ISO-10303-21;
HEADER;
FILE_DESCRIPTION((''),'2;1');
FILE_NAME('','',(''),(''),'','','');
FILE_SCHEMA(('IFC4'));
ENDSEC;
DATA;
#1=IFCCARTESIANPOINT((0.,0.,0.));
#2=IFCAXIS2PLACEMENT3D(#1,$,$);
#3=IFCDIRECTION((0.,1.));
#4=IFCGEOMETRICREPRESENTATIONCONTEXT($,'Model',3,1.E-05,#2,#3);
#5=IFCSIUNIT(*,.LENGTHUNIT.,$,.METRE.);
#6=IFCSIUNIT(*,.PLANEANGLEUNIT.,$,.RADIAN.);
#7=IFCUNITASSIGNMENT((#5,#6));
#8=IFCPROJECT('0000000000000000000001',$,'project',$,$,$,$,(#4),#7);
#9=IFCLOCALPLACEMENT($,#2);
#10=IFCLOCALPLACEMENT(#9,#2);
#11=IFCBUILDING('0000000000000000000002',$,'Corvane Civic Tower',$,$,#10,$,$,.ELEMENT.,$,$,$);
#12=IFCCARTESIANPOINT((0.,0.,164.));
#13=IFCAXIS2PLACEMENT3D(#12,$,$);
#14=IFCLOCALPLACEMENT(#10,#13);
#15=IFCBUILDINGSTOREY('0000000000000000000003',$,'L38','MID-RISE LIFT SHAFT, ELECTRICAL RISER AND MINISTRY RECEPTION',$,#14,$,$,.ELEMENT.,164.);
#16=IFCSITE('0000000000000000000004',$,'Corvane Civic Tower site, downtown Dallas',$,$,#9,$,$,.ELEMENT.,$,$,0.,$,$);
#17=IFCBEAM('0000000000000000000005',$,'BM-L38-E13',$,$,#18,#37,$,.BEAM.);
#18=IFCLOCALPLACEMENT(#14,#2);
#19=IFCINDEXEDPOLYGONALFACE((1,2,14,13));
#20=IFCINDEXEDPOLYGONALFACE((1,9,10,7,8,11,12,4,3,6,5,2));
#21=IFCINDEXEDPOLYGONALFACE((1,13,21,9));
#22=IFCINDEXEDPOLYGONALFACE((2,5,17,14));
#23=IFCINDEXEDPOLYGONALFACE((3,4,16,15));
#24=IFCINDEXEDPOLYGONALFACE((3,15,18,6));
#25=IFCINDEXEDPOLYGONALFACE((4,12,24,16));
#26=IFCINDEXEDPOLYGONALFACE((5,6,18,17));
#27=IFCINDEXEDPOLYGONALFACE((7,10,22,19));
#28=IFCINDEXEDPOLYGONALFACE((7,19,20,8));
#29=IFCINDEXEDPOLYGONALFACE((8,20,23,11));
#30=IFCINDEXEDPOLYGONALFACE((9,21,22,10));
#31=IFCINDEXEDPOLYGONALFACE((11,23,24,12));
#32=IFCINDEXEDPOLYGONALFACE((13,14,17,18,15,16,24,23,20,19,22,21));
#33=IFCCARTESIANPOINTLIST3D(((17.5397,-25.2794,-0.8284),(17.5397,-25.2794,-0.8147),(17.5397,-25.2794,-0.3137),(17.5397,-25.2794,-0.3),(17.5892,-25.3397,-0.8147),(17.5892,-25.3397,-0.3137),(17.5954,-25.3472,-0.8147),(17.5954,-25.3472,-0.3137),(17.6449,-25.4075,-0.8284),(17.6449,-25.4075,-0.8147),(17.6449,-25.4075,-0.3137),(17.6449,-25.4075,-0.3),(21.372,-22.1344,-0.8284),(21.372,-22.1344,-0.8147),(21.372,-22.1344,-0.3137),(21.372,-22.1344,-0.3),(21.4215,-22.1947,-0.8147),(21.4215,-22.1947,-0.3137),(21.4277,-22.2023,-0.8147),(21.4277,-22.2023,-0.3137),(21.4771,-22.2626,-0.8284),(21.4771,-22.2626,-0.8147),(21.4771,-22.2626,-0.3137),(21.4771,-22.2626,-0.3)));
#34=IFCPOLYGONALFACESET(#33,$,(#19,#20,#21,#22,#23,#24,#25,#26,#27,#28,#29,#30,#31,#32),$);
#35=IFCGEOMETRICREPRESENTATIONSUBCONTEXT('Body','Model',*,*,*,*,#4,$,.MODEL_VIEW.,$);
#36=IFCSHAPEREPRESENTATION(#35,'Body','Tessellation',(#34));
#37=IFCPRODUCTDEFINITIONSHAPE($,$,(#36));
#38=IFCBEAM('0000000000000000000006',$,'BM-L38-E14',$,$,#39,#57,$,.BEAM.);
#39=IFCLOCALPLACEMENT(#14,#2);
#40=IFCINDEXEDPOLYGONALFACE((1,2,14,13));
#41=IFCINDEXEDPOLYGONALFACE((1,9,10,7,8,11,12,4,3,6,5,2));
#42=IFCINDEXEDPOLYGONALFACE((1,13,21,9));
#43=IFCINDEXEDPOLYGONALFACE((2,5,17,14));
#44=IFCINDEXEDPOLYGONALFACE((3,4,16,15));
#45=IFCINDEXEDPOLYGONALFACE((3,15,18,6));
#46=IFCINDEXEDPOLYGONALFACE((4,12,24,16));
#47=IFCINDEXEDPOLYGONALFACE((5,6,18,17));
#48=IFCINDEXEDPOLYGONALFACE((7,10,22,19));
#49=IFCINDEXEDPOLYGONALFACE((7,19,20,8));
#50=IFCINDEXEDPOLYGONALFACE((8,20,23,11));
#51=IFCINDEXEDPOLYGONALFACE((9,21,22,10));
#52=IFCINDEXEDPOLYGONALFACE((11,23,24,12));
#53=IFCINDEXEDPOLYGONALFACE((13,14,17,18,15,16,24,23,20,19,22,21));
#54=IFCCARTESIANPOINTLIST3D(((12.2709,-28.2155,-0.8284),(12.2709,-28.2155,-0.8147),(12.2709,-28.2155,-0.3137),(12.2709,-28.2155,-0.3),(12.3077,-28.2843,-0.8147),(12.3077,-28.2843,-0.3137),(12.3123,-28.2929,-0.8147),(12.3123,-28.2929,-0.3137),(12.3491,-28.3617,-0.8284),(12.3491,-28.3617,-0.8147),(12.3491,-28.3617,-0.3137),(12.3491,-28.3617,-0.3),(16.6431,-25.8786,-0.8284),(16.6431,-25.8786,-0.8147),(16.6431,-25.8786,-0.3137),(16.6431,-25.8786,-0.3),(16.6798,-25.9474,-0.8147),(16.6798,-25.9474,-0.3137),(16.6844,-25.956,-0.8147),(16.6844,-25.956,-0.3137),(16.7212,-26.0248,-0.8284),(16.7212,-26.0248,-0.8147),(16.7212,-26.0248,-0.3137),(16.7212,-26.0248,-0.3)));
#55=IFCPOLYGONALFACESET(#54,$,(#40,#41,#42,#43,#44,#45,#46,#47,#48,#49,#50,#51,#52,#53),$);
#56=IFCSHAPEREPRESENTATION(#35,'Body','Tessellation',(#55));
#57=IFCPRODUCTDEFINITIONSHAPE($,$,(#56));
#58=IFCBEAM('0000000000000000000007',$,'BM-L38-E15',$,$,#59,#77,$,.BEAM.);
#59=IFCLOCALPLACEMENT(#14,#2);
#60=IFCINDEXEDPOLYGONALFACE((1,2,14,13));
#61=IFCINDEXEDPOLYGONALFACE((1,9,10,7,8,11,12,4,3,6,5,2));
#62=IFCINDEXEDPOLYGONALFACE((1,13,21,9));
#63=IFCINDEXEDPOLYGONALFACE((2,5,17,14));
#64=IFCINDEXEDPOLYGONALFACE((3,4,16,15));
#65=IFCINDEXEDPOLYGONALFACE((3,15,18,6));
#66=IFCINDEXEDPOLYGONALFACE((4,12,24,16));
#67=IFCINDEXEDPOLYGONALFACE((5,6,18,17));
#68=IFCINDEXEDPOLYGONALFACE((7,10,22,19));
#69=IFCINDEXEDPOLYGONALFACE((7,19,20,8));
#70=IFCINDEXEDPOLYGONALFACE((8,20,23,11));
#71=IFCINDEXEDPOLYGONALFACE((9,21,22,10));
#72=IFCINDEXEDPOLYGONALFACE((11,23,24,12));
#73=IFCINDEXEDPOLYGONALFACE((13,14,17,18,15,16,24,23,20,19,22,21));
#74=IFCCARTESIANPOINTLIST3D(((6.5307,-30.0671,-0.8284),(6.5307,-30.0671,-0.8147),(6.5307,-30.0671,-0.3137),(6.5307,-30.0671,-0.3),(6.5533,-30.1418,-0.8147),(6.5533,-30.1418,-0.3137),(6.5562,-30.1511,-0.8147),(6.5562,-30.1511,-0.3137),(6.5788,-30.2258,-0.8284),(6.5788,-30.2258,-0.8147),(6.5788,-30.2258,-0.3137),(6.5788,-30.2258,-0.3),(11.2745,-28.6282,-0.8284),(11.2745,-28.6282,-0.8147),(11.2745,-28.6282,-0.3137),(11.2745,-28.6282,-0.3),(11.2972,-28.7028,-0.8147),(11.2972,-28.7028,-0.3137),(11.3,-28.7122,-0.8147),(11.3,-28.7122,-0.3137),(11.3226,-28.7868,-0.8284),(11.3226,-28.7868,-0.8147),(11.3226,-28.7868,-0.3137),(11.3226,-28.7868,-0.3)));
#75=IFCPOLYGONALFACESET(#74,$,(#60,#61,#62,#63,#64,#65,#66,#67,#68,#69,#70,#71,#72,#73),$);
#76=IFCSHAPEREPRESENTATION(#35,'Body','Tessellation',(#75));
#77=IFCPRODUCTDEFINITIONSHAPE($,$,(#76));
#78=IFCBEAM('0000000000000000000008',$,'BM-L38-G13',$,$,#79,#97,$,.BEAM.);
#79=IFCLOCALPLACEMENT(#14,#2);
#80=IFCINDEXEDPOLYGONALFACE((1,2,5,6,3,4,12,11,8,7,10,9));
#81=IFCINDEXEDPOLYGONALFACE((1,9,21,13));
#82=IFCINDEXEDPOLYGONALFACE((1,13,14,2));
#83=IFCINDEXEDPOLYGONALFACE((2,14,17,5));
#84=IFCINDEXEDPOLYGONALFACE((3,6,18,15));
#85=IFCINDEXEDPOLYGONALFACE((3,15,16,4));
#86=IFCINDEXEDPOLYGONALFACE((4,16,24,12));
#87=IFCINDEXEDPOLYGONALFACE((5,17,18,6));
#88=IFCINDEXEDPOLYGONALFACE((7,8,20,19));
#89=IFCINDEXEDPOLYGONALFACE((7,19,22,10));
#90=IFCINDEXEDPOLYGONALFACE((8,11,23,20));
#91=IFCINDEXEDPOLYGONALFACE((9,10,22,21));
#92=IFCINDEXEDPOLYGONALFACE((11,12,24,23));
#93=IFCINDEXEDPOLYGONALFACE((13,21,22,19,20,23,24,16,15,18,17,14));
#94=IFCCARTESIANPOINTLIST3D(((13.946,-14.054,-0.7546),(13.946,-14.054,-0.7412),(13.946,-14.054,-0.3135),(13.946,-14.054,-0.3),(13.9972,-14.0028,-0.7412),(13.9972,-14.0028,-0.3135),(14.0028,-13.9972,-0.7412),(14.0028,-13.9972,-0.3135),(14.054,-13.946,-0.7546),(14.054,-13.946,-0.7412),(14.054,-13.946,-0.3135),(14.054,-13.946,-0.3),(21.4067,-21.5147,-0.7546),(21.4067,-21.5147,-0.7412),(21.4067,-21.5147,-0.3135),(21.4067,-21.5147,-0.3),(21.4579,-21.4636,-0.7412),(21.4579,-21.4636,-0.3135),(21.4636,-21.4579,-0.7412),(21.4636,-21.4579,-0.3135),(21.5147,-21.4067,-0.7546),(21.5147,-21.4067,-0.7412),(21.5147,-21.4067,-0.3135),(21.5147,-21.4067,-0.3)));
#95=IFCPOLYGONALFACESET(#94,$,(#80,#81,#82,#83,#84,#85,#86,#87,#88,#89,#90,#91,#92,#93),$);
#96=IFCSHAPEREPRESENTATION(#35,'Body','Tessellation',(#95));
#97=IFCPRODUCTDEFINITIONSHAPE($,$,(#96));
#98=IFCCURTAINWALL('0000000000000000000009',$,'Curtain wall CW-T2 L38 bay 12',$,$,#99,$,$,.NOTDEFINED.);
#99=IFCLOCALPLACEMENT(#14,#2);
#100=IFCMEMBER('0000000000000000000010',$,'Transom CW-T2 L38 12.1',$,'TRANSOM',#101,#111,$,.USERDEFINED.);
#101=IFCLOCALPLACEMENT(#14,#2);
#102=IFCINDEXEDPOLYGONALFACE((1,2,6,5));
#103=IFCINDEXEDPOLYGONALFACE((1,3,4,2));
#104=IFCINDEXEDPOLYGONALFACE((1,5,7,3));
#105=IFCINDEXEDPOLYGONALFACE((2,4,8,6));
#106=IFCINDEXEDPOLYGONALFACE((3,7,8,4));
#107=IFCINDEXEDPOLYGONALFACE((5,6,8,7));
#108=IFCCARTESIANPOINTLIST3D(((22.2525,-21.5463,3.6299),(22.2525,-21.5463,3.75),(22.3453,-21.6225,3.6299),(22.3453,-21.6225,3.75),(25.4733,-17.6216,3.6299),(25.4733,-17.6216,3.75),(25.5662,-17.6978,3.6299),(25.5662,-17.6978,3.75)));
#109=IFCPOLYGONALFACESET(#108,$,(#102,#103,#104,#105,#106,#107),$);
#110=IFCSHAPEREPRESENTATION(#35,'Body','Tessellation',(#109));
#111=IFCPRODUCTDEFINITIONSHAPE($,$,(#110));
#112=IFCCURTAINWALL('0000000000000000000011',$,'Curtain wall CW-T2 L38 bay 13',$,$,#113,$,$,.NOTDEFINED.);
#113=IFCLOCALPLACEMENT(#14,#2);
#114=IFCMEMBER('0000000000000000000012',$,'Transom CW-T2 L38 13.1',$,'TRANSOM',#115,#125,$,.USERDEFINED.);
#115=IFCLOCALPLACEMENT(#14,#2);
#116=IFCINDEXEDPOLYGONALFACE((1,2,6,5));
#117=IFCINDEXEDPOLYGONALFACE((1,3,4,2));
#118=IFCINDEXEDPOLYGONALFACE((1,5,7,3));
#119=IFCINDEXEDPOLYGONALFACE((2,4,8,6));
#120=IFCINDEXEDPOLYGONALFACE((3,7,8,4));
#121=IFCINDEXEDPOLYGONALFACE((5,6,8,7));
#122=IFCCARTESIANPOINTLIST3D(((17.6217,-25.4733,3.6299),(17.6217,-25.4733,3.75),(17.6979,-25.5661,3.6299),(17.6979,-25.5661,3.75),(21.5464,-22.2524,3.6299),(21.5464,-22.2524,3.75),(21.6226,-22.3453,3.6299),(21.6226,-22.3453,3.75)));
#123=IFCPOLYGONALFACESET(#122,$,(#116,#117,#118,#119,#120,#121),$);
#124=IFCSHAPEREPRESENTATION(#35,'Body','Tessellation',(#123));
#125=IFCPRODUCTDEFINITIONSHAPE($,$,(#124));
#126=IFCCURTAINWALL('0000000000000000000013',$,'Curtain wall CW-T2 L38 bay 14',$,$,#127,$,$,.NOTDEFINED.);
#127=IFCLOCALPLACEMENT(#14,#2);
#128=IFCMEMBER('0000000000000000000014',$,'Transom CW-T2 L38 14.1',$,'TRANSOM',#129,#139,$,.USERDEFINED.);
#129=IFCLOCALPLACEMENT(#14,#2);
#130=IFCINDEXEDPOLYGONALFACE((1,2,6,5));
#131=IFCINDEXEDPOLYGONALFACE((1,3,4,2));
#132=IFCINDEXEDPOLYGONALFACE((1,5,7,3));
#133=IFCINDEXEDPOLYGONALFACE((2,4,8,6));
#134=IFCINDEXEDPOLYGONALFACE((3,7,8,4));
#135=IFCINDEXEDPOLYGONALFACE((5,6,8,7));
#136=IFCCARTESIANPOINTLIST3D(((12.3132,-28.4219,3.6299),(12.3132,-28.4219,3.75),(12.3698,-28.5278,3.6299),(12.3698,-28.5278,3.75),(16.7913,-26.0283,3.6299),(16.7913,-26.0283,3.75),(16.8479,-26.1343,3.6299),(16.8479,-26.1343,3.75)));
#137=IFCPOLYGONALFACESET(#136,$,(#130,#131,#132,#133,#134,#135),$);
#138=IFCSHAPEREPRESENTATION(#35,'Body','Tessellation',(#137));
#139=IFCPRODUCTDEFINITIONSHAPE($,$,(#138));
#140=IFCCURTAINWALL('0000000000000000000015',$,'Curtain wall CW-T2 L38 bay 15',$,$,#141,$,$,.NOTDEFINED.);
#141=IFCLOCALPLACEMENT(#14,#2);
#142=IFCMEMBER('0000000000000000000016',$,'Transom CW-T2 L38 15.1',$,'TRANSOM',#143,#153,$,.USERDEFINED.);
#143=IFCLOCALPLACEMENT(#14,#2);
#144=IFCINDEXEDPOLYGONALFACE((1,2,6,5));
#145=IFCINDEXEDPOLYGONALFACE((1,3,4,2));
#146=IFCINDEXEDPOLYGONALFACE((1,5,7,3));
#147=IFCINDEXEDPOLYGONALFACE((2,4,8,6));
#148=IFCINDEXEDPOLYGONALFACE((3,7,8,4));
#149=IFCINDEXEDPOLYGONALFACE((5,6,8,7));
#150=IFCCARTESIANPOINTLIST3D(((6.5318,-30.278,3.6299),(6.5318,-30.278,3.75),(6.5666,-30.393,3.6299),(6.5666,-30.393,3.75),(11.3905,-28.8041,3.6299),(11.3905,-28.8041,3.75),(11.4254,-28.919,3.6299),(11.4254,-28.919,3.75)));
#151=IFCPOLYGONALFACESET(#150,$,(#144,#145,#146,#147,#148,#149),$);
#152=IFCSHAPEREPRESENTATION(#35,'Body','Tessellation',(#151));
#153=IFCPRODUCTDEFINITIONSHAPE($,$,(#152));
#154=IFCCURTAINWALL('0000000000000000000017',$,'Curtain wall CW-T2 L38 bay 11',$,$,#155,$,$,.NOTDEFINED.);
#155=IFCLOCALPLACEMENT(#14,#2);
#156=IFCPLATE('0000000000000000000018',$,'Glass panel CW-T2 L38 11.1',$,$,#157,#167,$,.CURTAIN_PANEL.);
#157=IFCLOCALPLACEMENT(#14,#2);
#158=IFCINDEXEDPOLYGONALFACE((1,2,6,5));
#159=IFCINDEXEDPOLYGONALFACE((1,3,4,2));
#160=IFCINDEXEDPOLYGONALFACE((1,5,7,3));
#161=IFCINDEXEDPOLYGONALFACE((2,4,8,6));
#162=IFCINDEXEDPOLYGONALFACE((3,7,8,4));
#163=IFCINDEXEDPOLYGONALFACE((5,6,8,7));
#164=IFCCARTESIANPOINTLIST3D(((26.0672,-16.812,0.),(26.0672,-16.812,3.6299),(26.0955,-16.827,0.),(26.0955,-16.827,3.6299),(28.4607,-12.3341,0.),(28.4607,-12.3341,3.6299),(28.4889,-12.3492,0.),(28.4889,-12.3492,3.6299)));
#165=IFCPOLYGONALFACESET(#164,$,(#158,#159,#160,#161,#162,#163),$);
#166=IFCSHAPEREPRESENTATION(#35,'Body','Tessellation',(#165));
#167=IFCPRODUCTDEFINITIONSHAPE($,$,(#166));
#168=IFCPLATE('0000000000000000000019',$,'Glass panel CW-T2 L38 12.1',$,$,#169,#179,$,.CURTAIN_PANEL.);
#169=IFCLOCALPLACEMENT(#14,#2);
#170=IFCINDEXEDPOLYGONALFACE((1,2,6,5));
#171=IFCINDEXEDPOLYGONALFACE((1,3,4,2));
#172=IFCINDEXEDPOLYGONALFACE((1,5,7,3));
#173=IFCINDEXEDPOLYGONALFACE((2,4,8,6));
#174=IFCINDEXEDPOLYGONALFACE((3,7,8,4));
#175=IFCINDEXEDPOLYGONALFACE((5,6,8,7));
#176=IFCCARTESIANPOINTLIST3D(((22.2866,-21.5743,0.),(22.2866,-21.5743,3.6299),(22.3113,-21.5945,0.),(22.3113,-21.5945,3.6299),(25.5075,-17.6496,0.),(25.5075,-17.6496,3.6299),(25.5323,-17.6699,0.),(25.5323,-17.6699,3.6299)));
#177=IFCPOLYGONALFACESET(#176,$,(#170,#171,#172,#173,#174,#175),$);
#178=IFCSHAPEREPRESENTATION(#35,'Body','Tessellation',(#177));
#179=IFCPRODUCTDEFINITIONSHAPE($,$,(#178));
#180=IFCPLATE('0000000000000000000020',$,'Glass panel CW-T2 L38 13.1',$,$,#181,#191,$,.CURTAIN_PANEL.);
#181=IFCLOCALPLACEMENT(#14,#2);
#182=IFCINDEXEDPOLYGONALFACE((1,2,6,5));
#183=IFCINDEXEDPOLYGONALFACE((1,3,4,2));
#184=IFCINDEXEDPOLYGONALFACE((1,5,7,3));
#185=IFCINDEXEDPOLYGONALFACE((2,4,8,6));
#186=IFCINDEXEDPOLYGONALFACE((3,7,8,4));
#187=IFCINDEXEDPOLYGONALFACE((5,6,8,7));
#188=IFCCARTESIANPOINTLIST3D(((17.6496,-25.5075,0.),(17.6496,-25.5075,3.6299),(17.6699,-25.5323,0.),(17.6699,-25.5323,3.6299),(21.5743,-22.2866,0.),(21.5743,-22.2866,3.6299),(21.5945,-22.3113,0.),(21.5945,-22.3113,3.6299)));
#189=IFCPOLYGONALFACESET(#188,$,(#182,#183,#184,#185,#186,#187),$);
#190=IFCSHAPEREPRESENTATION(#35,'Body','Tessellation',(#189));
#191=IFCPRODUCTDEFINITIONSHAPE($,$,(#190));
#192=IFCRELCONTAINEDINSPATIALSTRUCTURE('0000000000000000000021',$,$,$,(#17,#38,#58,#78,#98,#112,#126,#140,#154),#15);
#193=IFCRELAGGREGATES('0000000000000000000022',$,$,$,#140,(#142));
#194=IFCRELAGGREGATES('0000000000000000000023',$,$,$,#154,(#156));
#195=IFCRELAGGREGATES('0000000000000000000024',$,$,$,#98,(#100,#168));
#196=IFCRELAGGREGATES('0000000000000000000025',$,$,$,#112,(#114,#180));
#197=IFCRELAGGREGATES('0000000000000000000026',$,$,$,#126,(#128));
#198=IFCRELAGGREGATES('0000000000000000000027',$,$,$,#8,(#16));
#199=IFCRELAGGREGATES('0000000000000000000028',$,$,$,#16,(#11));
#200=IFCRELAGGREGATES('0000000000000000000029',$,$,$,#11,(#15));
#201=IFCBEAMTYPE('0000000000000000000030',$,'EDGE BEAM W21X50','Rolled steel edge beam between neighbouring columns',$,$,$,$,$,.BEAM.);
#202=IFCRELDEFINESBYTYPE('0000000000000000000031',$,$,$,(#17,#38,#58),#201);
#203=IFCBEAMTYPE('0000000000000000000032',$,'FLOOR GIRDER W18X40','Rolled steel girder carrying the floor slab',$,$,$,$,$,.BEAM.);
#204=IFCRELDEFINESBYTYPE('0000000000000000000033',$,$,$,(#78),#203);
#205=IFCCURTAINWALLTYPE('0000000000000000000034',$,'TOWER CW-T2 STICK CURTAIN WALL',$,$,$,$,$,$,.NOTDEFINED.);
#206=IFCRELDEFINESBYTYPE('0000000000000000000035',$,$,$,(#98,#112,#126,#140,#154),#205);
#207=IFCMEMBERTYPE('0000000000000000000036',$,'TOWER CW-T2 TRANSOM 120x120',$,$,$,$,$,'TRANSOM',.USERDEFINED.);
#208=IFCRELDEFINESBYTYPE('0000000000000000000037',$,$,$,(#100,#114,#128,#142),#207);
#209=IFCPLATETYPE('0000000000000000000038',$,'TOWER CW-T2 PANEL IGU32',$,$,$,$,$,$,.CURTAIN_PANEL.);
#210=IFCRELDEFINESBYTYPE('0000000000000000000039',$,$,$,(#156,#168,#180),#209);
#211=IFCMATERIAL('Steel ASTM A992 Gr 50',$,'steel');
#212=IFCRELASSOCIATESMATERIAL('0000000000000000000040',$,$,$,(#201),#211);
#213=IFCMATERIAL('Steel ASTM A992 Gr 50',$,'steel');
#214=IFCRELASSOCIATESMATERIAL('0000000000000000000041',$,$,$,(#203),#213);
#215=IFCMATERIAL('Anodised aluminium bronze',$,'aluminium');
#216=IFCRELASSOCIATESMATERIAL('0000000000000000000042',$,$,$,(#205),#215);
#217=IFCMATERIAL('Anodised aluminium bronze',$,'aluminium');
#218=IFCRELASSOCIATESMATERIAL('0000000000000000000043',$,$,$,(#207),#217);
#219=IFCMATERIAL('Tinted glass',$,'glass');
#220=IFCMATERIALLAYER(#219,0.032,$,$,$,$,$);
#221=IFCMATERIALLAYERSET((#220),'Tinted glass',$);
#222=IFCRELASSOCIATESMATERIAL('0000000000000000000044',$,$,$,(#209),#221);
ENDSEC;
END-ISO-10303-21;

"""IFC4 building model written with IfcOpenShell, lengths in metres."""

from ifc_helpers import new_model, si_unit, direction, frame, origin, origin_2d, place, context, subcontext, project, spatial, rectangle, i_section, extrude, material, layer, layer_set, material_profile, profile_set, type_object, element, aggregate, save


model = new_model("IFC4")

# Units and contexts
model_context = context("Model", 3, precision=1e-05, world=origin(), true_north=direction((0.0, 1.0)))
body_context = subcontext(model_context, "Body", "Model", "MODEL_VIEW")
ifc_project = project(units=[si_unit("LENGTHUNIT", "METRE"), si_unit("PLANEANGLEUNIT", "RADIAN")], contexts=[model_context])

# Site, building, storey
site_placement = place(None, origin())
site = spatial("IfcSite", under=ifc_project, at=site_placement, Name="Corvane Civic Tower site, downtown Dallas", CompositionType="ELEMENT", RefElevation=0.0)
building_placement = place(site_placement, origin())
building = spatial("IfcBuilding", under=site, at=building_placement, Name="Corvane Civic Tower", CompositionType="ELEMENT")
storey_placement = place(building_placement, frame((0.0, 0.0, 164.0)))
storey = spatial("IfcBuildingStorey", under=building, at=storey_placement, Name="L38", Description="MID-RISE LIFT SHAFT, ELECTRICAL RISER AND MINISTRY RECEPTION", CompositionType="ELEMENT", Elevation=164.0)

# Beams
ifc_material_1 = material(Name="Steel ASTM A992 Gr 50", Category="steel")
ifc_material_profile_1 = material_profile(ifc_material_1, i_section(OverallWidth=0.1658, OverallDepth=0.5283, WebThickness=0.0098, FlangeThickness=0.0137, at=origin_2d()), Name="W21X50")
ifc_profile_set_1 = profile_set([ifc_material_profile_1], Name="Steel ASTM A992 Gr 50")
beam_type_1 = type_object("IfcBeamType", Name="EDGE BEAM W21X50", Description="Rolled steel edge beam between neighbouring columns", PredefinedType="BEAM", material=ifc_profile_set_1)
for number, where, z_axis, x_axis, name in (
    (1, (21.4246, -22.1985, -0.5642), (-0.773015, -0.634388, 0.0), (0.634388, -0.773015, 0.0), "BM-L38-E13"),
    (2, (16.6821, -25.9517, -0.5642), (-0.881922, -0.471396, 0.0), (0.471396, -0.881922, 0.0), "BM-L38-E14"),
):
    element("IfcBeam", number, at=place(storey_placement, frame(where, z_axis=z_axis, x_axis=x_axis)), inside=storey, type_object=beam_type_1, Name=name, PredefinedType="BEAM", context=body_context, shape_type="SweptSolid", body=[
        extrude(i_section(OverallWidth=0.1658, OverallDepth=0.5283, WebThickness=0.0098, FlangeThickness=0.0137, at=origin_2d()), origin(), (0.0, 0.0, 1.0), 4.9575),
    ])
beam_1_placement = place(storey_placement, frame((11.2986, -28.7075, -0.5642), z_axis=(-0.956945, -0.29027, 0.0), x_axis=(0.29027, -0.956945, 0.0)))
element("IfcBeam", 3, at=beam_1_placement, inside=storey, type_object=beam_type_1, Name="BM-L38-E15", PredefinedType="BEAM", context=body_context, shape_type="SweptSolid", body=[
    extrude(i_section(OverallWidth=0.1658, OverallDepth=0.5283, WebThickness=0.0098, FlangeThickness=0.0137, at=origin_2d()), origin(), (0.0, 0.0, 1.0), 4.9573),
])
ifc_material_2 = material(Name="Steel ASTM A992 Gr 50", Category="steel")
ifc_material_profile_2 = material_profile(ifc_material_2, i_section(OverallWidth=0.1528, OverallDepth=0.4546, WebThickness=0.0081, FlangeThickness=0.0134, at=origin_2d()), Name="W18X40")
ifc_profile_set_2 = profile_set([ifc_material_profile_2], Name="Steel ASTM A992 Gr 50")
beam_type_2 = type_object("IfcBeamType", Name="FLOOR GIRDER W18X40", Description="Rolled steel girder carrying the floor slab", PredefinedType="BEAM", material=ifc_profile_set_2)
beam_2_placement = place(storey_placement, frame((14.0, -14.0, -0.5273), z_axis=(0.707107, -0.707107, 0.0), x_axis=(0.707107, 0.707107, 0.0)))
element("IfcBeam", 4, at=beam_2_placement, inside=storey, type_object=beam_type_2, Name="BM-L38-G13", PredefinedType="BEAM", context=body_context, shape_type="SweptSolid", body=[
    extrude(i_section(OverallWidth=0.1528, OverallDepth=0.4546, WebThickness=0.0081, FlangeThickness=0.0134, at=origin_2d()), origin(), (0.0, 0.0, 1.0), 10.551),
])

# Curtain walls, members
ifc_material_3 = material(Name="Anodised aluminium bronze", Category="aluminium")
curtain_wall_type = type_object("IfcCurtainWallType", Name="TOWER CW-T2 STICK CURTAIN WALL", PredefinedType="NOTDEFINED", material=ifc_material_3)
curtain_wall_1_placement = place(storey_placement, origin())
curtain_wall_1 = element("IfcCurtainWall", 5, at=curtain_wall_1_placement, inside=storey, type_object=curtain_wall_type, Name="Curtain wall CW-T2 L38 bay 12", PredefinedType="NOTDEFINED")
ifc_material_4 = material(Name="Anodised aluminium bronze", Category="aluminium")
ifc_material_profile_3 = material_profile(ifc_material_4, rectangle(XDim=0.1201, YDim=0.1201, at=origin_2d()), Name="TOWER CW-T2 TRANSOM 120x120")
ifc_profile_set_3 = profile_set([ifc_material_profile_3], Name="Anodised aluminium bronze")
member_type = type_object("IfcMemberType", Name="TOWER CW-T2 TRANSOM 120x120", ElementType="TRANSOM", PredefinedType="USERDEFINED", material=ifc_profile_set_3)
member_1_placement = place(storey_placement, frame((25.5198, -17.6597, 3.6899), z_axis=(-0.634387, -0.773016, 0.0), x_axis=(0.773016, -0.634387, 0.0)))
member_1 = element("IfcMember", 6, at=member_1_placement, type_object=member_type, Name="Transom CW-T2 L38 12.1", ObjectType="TRANSOM", PredefinedType="USERDEFINED", context=body_context, shape_type="SweptSolid", body=[
    extrude(rectangle(XDim=0.1201, YDim=0.1201, at=origin_2d()), origin(), (0.0, 0.0, 1.0), 5.0771),
])
curtain_wall_2_placement = place(storey_placement, origin())
curtain_wall_2 = element("IfcCurtainWall", 7, at=curtain_wall_2_placement, inside=storey, type_object=curtain_wall_type, Name="Curtain wall CW-T2 L38 bay 13", PredefinedType="NOTDEFINED")
member_2_placement = place(storey_placement, frame((21.5845, -22.2988, 3.6899), z_axis=(-0.773016, -0.634387, 0.0), x_axis=(0.634387, -0.773016, 0.0)))
member_2 = element("IfcMember", 8, at=member_2_placement, type_object=member_type, Name="Transom CW-T2 L38 13.1", ObjectType="TRANSOM", PredefinedType="USERDEFINED", context=body_context, shape_type="SweptSolid", body=[
    extrude(rectangle(XDim=0.1201, YDim=0.1201, at=origin_2d()), origin(), (0.0, 0.0, 1.0), 5.0771),
])
curtain_wall_3_placement = place(storey_placement, origin())
curtain_wall_3 = element("IfcCurtainWall", 9, at=curtain_wall_3_placement, inside=storey, type_object=curtain_wall_type, Name="Curtain wall CW-T2 L38 bay 14", PredefinedType="NOTDEFINED")
member_3_placement = place(storey_placement, frame((16.8196, -26.0813, 3.6899), z_axis=(-0.881921, -0.471397, 0.0), x_axis=(0.471397, -0.881921, 0.0)))
member_3 = element("IfcMember", 10, at=member_3_placement, type_object=member_type, Name="Transom CW-T2 L38 14.1", ObjectType="TRANSOM", PredefinedType="USERDEFINED", context=body_context, shape_type="SweptSolid", body=[
    extrude(rectangle(XDim=0.1201, YDim=0.1201, at=origin_2d()), origin(), (0.0, 0.0, 1.0), 5.0776),
])
curtain_wall_4_placement = place(storey_placement, origin())
curtain_wall_4 = element("IfcCurtainWall", 11, at=curtain_wall_4_placement, inside=storey, type_object=curtain_wall_type, Name="Curtain wall CW-T2 L38 bay 15", PredefinedType="NOTDEFINED")
member_4_placement = place(storey_placement, frame((11.408, -28.8616, 3.6899), z_axis=(-0.956939, -0.290289, 0.0), x_axis=(0.290289, -0.956939, 0.0)))
member_4 = element("IfcMember", 12, at=member_4_placement, type_object=member_type, Name="Transom CW-T2 L38 15.1", ObjectType="TRANSOM", PredefinedType="USERDEFINED", context=body_context, shape_type="SweptSolid", body=[
    extrude(rectangle(XDim=0.1201, YDim=0.1201, at=origin_2d()), origin(), (0.0, 0.0, 1.0), 5.0774),
])
aggregate(curtain_wall_4, [member_4])

# Curtain wall, plate
curtain_wall_5_placement = place(storey_placement, origin())
curtain_wall_5 = element("IfcCurtainWall", 13, at=curtain_wall_5_placement, inside=storey, type_object=curtain_wall_type, Name="Curtain wall CW-T2 L38 bay 11", PredefinedType="NOTDEFINED")
ifc_material_5 = material(Name="Tinted glass", Category="glass")
ifc_layer_1 = layer(ifc_material_5, 0.032)
ifc_layer_set_1 = layer_set([ifc_layer_1], Name="Tinted glass")
plate_type = type_object("IfcPlateType", Name="TOWER CW-T2 PANEL IGU32", PredefinedType="CURTAIN_PANEL", material=ifc_layer_set_1)
plate_1_placement = place(storey_placement, frame((27.2781, -14.5806, 0.0), z_axis=(0.0, 0.0, 1.0), x_axis=(-0.471395, -0.881922, 0.0)))
plate_1 = element("IfcPlate", 14, at=plate_1_placement, type_object=plate_type, Name="Glass panel CW-T2 L38 11.1", PredefinedType="CURTAIN_PANEL", context=body_context, shape_type="SweptSolid", body=[
    extrude(rectangle(XDim=5.0774, YDim=0.032, at=origin_2d()), origin(), (0.0, 0.0, 1.0), 3.6299),
])
aggregate(curtain_wall_5, [plate_1])

# Plates
plate_2_placement = place(storey_placement, frame((23.9094, -19.6221, 0.0), z_axis=(0.0, 0.0, 1.0), x_axis=(-0.6344, -0.773005, 0.0)))
plate_2 = element("IfcPlate", 15, at=plate_2_placement, type_object=plate_type, Name="Glass panel CW-T2 L38 12.1", PredefinedType="CURTAIN_PANEL", context=body_context, shape_type="SweptSolid", body=[
    extrude(rectangle(XDim=5.0771, YDim=0.032, at=origin_2d()), origin(), (0.0, 0.0, 1.0), 3.6299),
])
aggregate(curtain_wall_1, [member_1, plate_2])
plate_3_placement = place(storey_placement, frame((19.6221, -23.9094, 0.0), z_axis=(0.0, 0.0, 1.0), x_axis=(-0.773005, -0.6344, 0.0)))
plate_3 = element("IfcPlate", 16, at=plate_3_placement, type_object=plate_type, Name="Glass panel CW-T2 L38 13.1", PredefinedType="CURTAIN_PANEL", context=body_context, shape_type="SweptSolid", body=[
    extrude(rectangle(XDim=5.0771, YDim=0.032, at=origin_2d()), origin(), (0.0, 0.0, 1.0), 3.6299),
])
aggregate(curtain_wall_2, [member_2, plate_3])
aggregate(curtain_wall_3, [member_3])

save(model, "model.ifc")
